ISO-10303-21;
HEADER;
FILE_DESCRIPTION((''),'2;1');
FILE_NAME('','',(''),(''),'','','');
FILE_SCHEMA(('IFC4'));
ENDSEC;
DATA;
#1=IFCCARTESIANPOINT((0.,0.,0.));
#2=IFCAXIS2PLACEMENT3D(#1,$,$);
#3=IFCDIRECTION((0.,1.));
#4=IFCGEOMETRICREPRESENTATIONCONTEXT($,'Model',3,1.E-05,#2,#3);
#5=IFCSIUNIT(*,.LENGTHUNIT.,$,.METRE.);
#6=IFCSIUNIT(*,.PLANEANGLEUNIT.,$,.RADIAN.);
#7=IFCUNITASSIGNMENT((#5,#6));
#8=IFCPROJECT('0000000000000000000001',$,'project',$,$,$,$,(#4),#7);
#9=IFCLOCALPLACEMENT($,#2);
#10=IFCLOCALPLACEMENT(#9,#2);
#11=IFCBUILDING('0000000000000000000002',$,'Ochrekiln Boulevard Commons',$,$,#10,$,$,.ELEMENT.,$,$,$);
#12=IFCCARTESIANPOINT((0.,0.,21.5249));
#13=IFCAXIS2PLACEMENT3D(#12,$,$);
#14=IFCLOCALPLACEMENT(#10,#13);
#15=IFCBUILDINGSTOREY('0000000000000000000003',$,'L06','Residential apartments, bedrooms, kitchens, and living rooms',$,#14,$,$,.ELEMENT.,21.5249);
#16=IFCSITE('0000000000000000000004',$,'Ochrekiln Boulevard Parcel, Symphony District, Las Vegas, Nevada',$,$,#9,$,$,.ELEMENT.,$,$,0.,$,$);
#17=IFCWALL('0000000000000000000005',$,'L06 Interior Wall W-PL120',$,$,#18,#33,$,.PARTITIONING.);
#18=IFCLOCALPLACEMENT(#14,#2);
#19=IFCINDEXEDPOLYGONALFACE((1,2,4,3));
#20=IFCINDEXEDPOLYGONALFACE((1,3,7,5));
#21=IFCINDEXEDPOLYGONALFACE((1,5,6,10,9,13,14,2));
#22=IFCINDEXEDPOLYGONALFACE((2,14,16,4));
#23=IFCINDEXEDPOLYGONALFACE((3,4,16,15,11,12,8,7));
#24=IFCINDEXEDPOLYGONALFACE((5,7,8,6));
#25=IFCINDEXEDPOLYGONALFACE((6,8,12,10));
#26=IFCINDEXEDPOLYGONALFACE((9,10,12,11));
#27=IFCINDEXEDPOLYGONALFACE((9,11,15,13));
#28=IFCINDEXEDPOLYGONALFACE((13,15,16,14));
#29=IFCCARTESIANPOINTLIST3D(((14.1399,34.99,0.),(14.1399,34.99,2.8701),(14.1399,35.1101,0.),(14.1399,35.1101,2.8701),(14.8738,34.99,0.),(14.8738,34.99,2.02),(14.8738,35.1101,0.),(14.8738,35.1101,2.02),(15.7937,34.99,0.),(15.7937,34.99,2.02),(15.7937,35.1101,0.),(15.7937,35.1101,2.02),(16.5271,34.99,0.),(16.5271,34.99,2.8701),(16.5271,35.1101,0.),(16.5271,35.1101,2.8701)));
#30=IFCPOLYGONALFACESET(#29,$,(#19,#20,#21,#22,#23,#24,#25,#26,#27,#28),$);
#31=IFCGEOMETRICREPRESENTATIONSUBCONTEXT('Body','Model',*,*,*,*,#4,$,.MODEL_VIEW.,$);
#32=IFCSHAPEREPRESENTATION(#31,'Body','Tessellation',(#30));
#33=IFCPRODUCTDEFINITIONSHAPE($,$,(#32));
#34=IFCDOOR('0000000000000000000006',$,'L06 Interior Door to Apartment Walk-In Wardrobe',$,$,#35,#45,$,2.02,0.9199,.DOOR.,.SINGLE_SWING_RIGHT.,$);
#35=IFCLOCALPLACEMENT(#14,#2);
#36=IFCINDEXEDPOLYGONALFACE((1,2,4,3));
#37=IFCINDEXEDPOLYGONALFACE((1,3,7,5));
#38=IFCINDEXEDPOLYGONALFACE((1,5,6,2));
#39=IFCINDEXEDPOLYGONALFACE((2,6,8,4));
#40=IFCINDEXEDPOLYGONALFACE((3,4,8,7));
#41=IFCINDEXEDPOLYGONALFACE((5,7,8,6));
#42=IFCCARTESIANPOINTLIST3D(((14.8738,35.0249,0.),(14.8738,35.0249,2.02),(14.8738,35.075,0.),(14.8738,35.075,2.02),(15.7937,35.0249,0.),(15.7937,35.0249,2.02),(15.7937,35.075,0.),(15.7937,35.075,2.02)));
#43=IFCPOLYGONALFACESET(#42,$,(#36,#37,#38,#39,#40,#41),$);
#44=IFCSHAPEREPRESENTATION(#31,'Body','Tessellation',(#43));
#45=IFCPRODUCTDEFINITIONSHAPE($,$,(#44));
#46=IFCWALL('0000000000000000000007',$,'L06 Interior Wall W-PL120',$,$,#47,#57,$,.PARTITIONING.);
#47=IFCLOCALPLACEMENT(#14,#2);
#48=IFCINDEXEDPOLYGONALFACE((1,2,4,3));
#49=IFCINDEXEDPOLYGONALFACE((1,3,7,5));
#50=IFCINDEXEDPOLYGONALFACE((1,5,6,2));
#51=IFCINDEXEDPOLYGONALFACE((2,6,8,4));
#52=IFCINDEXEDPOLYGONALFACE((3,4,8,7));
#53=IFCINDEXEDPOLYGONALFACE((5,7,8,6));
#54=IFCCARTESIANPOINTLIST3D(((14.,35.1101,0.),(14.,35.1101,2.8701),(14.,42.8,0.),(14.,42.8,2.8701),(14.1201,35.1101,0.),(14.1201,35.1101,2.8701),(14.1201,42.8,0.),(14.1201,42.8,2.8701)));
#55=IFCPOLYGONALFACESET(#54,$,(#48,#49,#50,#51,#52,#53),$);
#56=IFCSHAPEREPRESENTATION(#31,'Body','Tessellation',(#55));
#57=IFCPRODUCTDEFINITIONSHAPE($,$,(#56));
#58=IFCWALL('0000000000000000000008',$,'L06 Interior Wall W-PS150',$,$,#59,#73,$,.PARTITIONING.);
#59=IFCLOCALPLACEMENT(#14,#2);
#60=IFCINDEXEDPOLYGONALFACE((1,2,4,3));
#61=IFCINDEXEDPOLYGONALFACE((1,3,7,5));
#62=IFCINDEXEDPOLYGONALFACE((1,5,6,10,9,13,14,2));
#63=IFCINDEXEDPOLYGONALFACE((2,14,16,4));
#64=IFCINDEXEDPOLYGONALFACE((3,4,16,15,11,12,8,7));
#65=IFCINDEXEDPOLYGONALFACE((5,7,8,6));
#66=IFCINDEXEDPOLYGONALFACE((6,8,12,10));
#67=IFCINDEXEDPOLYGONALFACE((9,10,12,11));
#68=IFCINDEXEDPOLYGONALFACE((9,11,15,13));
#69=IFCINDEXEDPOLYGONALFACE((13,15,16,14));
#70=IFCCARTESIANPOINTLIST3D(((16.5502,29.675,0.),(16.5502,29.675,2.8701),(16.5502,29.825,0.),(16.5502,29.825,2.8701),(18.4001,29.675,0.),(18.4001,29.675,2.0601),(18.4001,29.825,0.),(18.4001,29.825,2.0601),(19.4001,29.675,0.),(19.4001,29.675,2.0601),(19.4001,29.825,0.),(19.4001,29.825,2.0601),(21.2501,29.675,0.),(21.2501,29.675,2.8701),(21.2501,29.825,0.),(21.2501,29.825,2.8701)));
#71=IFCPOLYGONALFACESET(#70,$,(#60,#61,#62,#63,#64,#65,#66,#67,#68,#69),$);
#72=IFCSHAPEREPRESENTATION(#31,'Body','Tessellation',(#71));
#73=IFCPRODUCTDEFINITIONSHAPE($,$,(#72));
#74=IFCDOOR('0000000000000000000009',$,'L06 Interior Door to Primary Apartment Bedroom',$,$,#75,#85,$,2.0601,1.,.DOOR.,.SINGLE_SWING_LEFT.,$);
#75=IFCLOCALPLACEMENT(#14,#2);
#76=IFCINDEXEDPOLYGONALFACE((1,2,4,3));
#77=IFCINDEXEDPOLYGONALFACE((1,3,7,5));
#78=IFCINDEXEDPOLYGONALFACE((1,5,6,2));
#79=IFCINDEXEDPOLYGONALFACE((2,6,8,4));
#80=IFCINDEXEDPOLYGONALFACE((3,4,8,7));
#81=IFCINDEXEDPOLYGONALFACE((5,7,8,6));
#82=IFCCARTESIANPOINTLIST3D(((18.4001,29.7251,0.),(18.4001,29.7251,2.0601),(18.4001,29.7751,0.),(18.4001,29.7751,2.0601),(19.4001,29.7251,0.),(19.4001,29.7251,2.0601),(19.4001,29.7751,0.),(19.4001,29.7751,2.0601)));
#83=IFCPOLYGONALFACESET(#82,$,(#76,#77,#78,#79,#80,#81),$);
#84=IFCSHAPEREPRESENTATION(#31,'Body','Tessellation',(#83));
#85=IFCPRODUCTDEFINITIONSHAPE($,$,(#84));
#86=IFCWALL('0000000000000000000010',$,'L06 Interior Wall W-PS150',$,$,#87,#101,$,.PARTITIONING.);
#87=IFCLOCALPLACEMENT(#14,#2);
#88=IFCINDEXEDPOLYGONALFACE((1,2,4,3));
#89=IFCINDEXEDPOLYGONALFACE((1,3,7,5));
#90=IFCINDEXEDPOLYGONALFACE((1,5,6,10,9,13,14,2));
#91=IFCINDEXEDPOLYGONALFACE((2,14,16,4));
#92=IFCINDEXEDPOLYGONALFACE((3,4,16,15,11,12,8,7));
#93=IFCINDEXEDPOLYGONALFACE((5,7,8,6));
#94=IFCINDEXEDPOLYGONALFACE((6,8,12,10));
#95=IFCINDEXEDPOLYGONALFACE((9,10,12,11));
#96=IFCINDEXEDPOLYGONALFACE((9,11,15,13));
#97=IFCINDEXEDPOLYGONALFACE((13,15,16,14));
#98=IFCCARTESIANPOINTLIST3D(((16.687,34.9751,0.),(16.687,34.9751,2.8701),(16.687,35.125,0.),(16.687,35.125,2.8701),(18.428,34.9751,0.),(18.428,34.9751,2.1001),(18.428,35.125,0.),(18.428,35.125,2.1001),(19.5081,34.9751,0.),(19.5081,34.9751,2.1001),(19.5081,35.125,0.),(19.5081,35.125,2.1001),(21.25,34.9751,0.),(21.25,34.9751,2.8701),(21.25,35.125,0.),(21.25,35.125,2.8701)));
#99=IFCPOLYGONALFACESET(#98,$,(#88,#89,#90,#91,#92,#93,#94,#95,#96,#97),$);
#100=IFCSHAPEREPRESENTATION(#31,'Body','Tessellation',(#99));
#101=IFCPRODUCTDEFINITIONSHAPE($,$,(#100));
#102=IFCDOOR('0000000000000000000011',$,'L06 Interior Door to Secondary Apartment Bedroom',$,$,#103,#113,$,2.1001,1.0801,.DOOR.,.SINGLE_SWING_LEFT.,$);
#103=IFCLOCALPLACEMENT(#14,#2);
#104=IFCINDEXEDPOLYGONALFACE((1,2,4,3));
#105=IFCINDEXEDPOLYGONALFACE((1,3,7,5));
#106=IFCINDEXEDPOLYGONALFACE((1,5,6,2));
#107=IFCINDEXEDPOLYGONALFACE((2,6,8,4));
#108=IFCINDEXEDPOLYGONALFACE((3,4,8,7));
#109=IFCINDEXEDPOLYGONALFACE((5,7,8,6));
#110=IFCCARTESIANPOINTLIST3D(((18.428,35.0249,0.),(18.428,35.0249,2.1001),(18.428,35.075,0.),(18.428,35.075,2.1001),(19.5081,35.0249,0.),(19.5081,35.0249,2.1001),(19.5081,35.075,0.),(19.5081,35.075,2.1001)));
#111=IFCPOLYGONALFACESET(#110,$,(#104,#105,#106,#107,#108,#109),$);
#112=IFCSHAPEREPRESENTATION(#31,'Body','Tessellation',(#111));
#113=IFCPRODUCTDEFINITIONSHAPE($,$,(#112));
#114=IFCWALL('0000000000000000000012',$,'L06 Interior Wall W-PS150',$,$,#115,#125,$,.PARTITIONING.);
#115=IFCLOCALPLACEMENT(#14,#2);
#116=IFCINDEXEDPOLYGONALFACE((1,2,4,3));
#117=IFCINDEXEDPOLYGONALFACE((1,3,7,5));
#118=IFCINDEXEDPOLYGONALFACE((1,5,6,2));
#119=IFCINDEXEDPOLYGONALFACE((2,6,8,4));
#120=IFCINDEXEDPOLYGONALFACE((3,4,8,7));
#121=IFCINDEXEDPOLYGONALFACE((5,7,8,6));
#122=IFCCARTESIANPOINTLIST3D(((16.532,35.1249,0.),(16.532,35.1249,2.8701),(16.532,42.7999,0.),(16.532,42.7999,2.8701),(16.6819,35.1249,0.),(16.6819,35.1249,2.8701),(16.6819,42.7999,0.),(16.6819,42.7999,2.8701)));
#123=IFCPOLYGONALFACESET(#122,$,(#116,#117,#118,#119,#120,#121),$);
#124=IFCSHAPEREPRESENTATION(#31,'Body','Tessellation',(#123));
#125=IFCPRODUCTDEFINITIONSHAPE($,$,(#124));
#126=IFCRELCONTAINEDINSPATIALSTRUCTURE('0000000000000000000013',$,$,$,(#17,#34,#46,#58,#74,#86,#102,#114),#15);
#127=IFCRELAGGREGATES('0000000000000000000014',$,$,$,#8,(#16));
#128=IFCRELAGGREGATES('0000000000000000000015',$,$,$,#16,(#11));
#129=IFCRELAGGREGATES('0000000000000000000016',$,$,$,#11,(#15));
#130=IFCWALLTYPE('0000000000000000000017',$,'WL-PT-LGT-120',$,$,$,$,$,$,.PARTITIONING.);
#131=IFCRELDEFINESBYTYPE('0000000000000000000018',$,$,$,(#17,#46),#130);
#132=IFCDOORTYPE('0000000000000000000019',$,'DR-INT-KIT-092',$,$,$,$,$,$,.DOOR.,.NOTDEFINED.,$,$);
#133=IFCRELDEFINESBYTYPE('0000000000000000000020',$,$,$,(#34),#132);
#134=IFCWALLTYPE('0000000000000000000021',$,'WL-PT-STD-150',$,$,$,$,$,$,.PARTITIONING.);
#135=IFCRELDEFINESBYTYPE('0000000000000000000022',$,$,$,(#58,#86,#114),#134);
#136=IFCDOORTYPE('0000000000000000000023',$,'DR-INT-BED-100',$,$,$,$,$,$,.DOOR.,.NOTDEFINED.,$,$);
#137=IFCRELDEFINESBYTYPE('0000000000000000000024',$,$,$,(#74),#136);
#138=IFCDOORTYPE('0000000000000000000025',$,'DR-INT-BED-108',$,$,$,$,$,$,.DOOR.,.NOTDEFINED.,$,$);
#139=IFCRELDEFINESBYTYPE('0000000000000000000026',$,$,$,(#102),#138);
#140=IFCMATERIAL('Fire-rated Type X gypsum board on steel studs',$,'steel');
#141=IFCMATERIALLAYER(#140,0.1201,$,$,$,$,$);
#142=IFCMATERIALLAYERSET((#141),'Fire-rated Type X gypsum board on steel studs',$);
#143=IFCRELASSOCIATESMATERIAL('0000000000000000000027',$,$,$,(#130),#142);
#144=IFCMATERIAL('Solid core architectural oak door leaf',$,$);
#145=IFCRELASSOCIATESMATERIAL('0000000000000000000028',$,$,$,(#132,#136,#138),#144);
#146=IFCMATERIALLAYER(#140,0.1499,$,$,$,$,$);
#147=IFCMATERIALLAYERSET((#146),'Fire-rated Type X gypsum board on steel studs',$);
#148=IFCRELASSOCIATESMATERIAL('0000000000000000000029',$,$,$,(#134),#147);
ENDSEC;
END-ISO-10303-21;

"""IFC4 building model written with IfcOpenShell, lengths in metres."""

from ifc_helpers import new_model, si_unit, direction, frame, frame_2d, origin, place, context, subcontext, project, spatial, rectangle, extrude, material, layer, layer_set, type_object, element, fill, save


model = new_model("IFC4")

# Units and contexts
model_context = context("Model", 3, precision=1e-05, world=origin(), true_north=direction((0.0, 1.0)))
body_context = subcontext(model_context, "Body", "Model", "MODEL_VIEW")
ifc_project = project(units=[si_unit("LENGTHUNIT", "METRE"), si_unit("PLANEANGLEUNIT", "RADIAN")], contexts=[model_context])

# Site, building, storey
site_placement = place(None, origin())
site = spatial("IfcSite", under=ifc_project, at=site_placement, Name="Ochrekiln Boulevard Parcel, Symphony District, Las Vegas, Nevada", CompositionType="ELEMENT", RefElevation=0.0)
building_placement = place(site_placement, origin())
building = spatial("IfcBuilding", under=site, at=building_placement, Name="Ochrekiln Boulevard Commons", CompositionType="ELEMENT")
storey_placement = place(building_placement, frame((0.0, 0.0, 21.5249)))
storey = spatial("IfcBuildingStorey", under=building, at=storey_placement, Name="L06", Description="Residential apartments, bedrooms, kitchens, and living rooms", CompositionType="ELEMENT", Elevation=21.5249)

# Shared definitions
ifc_material_1 = material(Name="Fire-rated Type X gypsum board on steel studs", Category="steel")

# Shared definitions
ifc_material_2 = material(Name="Solid core architectural oak door leaf")

# Wall, opening, door
ifc_layer_1 = layer(ifc_material_1, 0.1201)
ifc_layer_set_1 = layer_set([ifc_layer_1], Name="Fire-rated Type X gypsum board on steel studs")
wall_type_1 = type_object("IfcWallType", Name="WL-PT-LGT-120", PredefinedType="PARTITIONING", material=ifc_layer_set_1)
door_type_1 = type_object("IfcDoorType", Name="DR-INT-KIT-092", OperationType="NOTDEFINED", PredefinedType="DOOR", material=ifc_material_2)
wall_1_placement = place(storey_placement, frame((14.1399, 35.05, 0.0), z_axis=(0.0, 0.0, 1.0), x_axis=(1.0, 0.0, 0.0)))
wall_1 = element("IfcWall", 1, at=wall_1_placement, inside=storey, type_object=wall_type_1, Name="L06 Interior Wall W-PL120", PredefinedType="PARTITIONING", context=body_context, shape_type="SweptSolid", body=[
    extrude(rectangle(XDim=2.3872, YDim=0.1201, at=frame_2d((1.1936, 0.0))), origin(), (0.0, 0.0, 1.0), 2.8701),
])
opening_1_placement = place(wall_1_placement, frame((0.7339, 0.0, 0.0)))
opening_1 = element("IfcOpeningElement", 2, at=opening_1_placement, cuts=wall_1, PredefinedType="OPENING", context=body_context, shape_type="SweptSolid", body=[
    extrude(rectangle(XDim=0.9199, YDim=2.02, at=frame_2d((0.46, 1.01))), frame((0.0, 0.0701, 0.0), z_axis=(0.0, -1.0, 0.0), x_axis=(1.0, 0.0, 0.0)), (0.0, 0.0, 1.0), 0.1401),
])
door_1_placement = place(opening_1_placement, origin())
door_1 = element("IfcDoor", 3, at=door_1_placement, inside=storey, type_object=door_type_1, Name="L06 Interior Door to Apartment Walk-In Wardrobe", OperationType="SINGLE_SWING_RIGHT", OverallHeight=2.02, OverallWidth=0.9199, PredefinedType="DOOR", context=body_context, shape_type="SweptSolid", body=[
    extrude(rectangle(XDim=0.9199, YDim=2.02, at=frame_2d((0.46, 1.01))), frame((0.0, 0.0249, 0.0), z_axis=(0.0, -1.0, 0.0), x_axis=(1.0, 0.0, 0.0)), (0.0, 0.0, 1.0), 0.05),
])
fill(opening_1, door_1)

# Wall
wall_2_placement = place(storey_placement, frame((14.0601, 35.1101, 0.0), z_axis=(0.0, 0.0, 1.0), x_axis=(0.0, 1.0, 0.0)))
element("IfcWall", 4, at=wall_2_placement, inside=storey, type_object=wall_type_1, Name="L06 Interior Wall W-PL120", PredefinedType="PARTITIONING", context=body_context, shape_type="SweptSolid", body=[
    extrude(rectangle(XDim=7.6899, YDim=0.1201, at=frame_2d((3.845, 0.0))), origin(), (0.0, 0.0, 1.0), 2.8701),
])

# Walls, openings, doors
ifc_layer_2 = layer(ifc_material_1, 0.1499)
ifc_layer_set_2 = layer_set([ifc_layer_2], Name="Fire-rated Type X gypsum board on steel studs")
wall_type_2 = type_object("IfcWallType", Name="WL-PT-STD-150", PredefinedType="PARTITIONING", material=ifc_layer_set_2)
wall_3_placement = place(storey_placement, frame((16.55, 29.75, 0.0), z_axis=(0.0, 0.0, 1.0), x_axis=(1.0, 0.0, 0.0)))
wall_3 = element("IfcWall", 5, at=wall_3_placement, inside=storey, type_object=wall_type_2, Name="L06 Interior Wall W-PS150", PredefinedType="PARTITIONING", context=body_context, shape_type="SweptSolid", body=[
    extrude(rectangle(XDim=4.7, YDim=0.1499, at=frame_2d((2.3501, 0.0))), origin(), (0.0, 0.0, 1.0), 2.8701),
])
opening_2_placement = place(wall_3_placement, frame((1.8501, 0.0, 0.0)))
opening_2 = element("IfcOpeningElement", 6, at=opening_2_placement, cuts=wall_3, PredefinedType="OPENING", context=body_context, shape_type="SweptSolid", body=[
    extrude(rectangle(XDim=1.0, YDim=2.0601, at=frame_2d((0.5, 1.03))), frame((0.0, 0.085, 0.0), z_axis=(0.0, -1.0, 0.0), x_axis=(1.0, 0.0, 0.0)), (0.0, 0.0, 1.0), 0.1699),
])
door_type_2 = type_object("IfcDoorType", Name="DR-INT-BED-100", OperationType="NOTDEFINED", PredefinedType="DOOR", material=ifc_material_2)
door_2_placement = place(opening_2_placement, frame((1.0, 0.0, 0.0), z_axis=(0.0, 0.0, 1.0), x_axis=(-1.0, 0.0, 0.0)))
door_2 = element("IfcDoor", 7, at=door_2_placement, inside=storey, type_object=door_type_2, Name="L06 Interior Door to Primary Apartment Bedroom", OperationType="SINGLE_SWING_LEFT", OverallHeight=2.0601, OverallWidth=1.0, PredefinedType="DOOR", context=body_context, shape_type="SweptSolid", body=[
    extrude(rectangle(XDim=1.0, YDim=2.0601, at=frame_2d((0.5, 1.03))), frame((0.0, 0.0249, 0.0), z_axis=(0.0, -1.0, 0.0), x_axis=(1.0, 0.0, 0.0)), (0.0, 0.0, 1.0), 0.05),
])
fill(opening_2, door_2)
wall_4_placement = place(storey_placement, frame((16.687, 35.05, 0.0), z_axis=(0.0, 0.0, 1.0), x_axis=(1.0, 0.0, 0.0)))
wall_4 = element("IfcWall", 8, at=wall_4_placement, inside=storey, type_object=wall_type_2, Name="L06 Interior Wall W-PS150", PredefinedType="PARTITIONING", context=body_context, shape_type="SweptSolid", body=[
    extrude(rectangle(XDim=4.563, YDim=0.1499, at=frame_2d((2.2815, 0.0))), origin(), (0.0, 0.0, 1.0), 2.8701),
])
opening_3_placement = place(wall_4_placement, frame((1.741, 0.0, 0.0)))
opening_3 = element("IfcOpeningElement", 9, at=opening_3_placement, cuts=wall_4, PredefinedType="OPENING", context=body_context, shape_type="SweptSolid", body=[
    extrude(rectangle(XDim=1.0801, YDim=2.1001, at=frame_2d((0.54, 1.05))), frame((0.0, 0.085, 0.0), z_axis=(0.0, -1.0, 0.0), x_axis=(1.0, 0.0, 0.0)), (0.0, 0.0, 1.0), 0.1699),
])
door_type_3 = type_object("IfcDoorType", Name="DR-INT-BED-108", OperationType="NOTDEFINED", PredefinedType="DOOR", material=ifc_material_2)
door_3_placement = place(opening_3_placement, origin())
door_3 = element("IfcDoor", 10, at=door_3_placement, inside=storey, type_object=door_type_3, Name="L06 Interior Door to Secondary Apartment Bedroom", OperationType="SINGLE_SWING_LEFT", OverallHeight=2.1001, OverallWidth=1.0801, PredefinedType="DOOR", context=body_context, shape_type="SweptSolid", body=[
    extrude(rectangle(XDim=1.0801, YDim=2.1001, at=frame_2d((0.54, 1.05))), frame((0.0, 0.0249, 0.0), z_axis=(0.0, -1.0, 0.0), x_axis=(1.0, 0.0, 0.0)), (0.0, 0.0, 1.0), 0.05),
])
fill(opening_3, door_3)

# Wall
wall_5_placement = place(storey_placement, frame((16.6069, 35.125, 0.0), z_axis=(0.0, 0.0, 1.0), x_axis=(0.0, 1.0, 0.0)))
element("IfcWall", 11, at=wall_5_placement, inside=storey, type_object=wall_type_2, Name="L06 Interior Wall W-PS150", PredefinedType="PARTITIONING", context=body_context, shape_type="SweptSolid", body=[
    extrude(rectangle(XDim=7.675, YDim=0.1499, at=frame_2d((3.8374, 0.0))), origin(), (0.0, 0.0, 1.0), 2.8701),
])

save(model, "model.ifc")
